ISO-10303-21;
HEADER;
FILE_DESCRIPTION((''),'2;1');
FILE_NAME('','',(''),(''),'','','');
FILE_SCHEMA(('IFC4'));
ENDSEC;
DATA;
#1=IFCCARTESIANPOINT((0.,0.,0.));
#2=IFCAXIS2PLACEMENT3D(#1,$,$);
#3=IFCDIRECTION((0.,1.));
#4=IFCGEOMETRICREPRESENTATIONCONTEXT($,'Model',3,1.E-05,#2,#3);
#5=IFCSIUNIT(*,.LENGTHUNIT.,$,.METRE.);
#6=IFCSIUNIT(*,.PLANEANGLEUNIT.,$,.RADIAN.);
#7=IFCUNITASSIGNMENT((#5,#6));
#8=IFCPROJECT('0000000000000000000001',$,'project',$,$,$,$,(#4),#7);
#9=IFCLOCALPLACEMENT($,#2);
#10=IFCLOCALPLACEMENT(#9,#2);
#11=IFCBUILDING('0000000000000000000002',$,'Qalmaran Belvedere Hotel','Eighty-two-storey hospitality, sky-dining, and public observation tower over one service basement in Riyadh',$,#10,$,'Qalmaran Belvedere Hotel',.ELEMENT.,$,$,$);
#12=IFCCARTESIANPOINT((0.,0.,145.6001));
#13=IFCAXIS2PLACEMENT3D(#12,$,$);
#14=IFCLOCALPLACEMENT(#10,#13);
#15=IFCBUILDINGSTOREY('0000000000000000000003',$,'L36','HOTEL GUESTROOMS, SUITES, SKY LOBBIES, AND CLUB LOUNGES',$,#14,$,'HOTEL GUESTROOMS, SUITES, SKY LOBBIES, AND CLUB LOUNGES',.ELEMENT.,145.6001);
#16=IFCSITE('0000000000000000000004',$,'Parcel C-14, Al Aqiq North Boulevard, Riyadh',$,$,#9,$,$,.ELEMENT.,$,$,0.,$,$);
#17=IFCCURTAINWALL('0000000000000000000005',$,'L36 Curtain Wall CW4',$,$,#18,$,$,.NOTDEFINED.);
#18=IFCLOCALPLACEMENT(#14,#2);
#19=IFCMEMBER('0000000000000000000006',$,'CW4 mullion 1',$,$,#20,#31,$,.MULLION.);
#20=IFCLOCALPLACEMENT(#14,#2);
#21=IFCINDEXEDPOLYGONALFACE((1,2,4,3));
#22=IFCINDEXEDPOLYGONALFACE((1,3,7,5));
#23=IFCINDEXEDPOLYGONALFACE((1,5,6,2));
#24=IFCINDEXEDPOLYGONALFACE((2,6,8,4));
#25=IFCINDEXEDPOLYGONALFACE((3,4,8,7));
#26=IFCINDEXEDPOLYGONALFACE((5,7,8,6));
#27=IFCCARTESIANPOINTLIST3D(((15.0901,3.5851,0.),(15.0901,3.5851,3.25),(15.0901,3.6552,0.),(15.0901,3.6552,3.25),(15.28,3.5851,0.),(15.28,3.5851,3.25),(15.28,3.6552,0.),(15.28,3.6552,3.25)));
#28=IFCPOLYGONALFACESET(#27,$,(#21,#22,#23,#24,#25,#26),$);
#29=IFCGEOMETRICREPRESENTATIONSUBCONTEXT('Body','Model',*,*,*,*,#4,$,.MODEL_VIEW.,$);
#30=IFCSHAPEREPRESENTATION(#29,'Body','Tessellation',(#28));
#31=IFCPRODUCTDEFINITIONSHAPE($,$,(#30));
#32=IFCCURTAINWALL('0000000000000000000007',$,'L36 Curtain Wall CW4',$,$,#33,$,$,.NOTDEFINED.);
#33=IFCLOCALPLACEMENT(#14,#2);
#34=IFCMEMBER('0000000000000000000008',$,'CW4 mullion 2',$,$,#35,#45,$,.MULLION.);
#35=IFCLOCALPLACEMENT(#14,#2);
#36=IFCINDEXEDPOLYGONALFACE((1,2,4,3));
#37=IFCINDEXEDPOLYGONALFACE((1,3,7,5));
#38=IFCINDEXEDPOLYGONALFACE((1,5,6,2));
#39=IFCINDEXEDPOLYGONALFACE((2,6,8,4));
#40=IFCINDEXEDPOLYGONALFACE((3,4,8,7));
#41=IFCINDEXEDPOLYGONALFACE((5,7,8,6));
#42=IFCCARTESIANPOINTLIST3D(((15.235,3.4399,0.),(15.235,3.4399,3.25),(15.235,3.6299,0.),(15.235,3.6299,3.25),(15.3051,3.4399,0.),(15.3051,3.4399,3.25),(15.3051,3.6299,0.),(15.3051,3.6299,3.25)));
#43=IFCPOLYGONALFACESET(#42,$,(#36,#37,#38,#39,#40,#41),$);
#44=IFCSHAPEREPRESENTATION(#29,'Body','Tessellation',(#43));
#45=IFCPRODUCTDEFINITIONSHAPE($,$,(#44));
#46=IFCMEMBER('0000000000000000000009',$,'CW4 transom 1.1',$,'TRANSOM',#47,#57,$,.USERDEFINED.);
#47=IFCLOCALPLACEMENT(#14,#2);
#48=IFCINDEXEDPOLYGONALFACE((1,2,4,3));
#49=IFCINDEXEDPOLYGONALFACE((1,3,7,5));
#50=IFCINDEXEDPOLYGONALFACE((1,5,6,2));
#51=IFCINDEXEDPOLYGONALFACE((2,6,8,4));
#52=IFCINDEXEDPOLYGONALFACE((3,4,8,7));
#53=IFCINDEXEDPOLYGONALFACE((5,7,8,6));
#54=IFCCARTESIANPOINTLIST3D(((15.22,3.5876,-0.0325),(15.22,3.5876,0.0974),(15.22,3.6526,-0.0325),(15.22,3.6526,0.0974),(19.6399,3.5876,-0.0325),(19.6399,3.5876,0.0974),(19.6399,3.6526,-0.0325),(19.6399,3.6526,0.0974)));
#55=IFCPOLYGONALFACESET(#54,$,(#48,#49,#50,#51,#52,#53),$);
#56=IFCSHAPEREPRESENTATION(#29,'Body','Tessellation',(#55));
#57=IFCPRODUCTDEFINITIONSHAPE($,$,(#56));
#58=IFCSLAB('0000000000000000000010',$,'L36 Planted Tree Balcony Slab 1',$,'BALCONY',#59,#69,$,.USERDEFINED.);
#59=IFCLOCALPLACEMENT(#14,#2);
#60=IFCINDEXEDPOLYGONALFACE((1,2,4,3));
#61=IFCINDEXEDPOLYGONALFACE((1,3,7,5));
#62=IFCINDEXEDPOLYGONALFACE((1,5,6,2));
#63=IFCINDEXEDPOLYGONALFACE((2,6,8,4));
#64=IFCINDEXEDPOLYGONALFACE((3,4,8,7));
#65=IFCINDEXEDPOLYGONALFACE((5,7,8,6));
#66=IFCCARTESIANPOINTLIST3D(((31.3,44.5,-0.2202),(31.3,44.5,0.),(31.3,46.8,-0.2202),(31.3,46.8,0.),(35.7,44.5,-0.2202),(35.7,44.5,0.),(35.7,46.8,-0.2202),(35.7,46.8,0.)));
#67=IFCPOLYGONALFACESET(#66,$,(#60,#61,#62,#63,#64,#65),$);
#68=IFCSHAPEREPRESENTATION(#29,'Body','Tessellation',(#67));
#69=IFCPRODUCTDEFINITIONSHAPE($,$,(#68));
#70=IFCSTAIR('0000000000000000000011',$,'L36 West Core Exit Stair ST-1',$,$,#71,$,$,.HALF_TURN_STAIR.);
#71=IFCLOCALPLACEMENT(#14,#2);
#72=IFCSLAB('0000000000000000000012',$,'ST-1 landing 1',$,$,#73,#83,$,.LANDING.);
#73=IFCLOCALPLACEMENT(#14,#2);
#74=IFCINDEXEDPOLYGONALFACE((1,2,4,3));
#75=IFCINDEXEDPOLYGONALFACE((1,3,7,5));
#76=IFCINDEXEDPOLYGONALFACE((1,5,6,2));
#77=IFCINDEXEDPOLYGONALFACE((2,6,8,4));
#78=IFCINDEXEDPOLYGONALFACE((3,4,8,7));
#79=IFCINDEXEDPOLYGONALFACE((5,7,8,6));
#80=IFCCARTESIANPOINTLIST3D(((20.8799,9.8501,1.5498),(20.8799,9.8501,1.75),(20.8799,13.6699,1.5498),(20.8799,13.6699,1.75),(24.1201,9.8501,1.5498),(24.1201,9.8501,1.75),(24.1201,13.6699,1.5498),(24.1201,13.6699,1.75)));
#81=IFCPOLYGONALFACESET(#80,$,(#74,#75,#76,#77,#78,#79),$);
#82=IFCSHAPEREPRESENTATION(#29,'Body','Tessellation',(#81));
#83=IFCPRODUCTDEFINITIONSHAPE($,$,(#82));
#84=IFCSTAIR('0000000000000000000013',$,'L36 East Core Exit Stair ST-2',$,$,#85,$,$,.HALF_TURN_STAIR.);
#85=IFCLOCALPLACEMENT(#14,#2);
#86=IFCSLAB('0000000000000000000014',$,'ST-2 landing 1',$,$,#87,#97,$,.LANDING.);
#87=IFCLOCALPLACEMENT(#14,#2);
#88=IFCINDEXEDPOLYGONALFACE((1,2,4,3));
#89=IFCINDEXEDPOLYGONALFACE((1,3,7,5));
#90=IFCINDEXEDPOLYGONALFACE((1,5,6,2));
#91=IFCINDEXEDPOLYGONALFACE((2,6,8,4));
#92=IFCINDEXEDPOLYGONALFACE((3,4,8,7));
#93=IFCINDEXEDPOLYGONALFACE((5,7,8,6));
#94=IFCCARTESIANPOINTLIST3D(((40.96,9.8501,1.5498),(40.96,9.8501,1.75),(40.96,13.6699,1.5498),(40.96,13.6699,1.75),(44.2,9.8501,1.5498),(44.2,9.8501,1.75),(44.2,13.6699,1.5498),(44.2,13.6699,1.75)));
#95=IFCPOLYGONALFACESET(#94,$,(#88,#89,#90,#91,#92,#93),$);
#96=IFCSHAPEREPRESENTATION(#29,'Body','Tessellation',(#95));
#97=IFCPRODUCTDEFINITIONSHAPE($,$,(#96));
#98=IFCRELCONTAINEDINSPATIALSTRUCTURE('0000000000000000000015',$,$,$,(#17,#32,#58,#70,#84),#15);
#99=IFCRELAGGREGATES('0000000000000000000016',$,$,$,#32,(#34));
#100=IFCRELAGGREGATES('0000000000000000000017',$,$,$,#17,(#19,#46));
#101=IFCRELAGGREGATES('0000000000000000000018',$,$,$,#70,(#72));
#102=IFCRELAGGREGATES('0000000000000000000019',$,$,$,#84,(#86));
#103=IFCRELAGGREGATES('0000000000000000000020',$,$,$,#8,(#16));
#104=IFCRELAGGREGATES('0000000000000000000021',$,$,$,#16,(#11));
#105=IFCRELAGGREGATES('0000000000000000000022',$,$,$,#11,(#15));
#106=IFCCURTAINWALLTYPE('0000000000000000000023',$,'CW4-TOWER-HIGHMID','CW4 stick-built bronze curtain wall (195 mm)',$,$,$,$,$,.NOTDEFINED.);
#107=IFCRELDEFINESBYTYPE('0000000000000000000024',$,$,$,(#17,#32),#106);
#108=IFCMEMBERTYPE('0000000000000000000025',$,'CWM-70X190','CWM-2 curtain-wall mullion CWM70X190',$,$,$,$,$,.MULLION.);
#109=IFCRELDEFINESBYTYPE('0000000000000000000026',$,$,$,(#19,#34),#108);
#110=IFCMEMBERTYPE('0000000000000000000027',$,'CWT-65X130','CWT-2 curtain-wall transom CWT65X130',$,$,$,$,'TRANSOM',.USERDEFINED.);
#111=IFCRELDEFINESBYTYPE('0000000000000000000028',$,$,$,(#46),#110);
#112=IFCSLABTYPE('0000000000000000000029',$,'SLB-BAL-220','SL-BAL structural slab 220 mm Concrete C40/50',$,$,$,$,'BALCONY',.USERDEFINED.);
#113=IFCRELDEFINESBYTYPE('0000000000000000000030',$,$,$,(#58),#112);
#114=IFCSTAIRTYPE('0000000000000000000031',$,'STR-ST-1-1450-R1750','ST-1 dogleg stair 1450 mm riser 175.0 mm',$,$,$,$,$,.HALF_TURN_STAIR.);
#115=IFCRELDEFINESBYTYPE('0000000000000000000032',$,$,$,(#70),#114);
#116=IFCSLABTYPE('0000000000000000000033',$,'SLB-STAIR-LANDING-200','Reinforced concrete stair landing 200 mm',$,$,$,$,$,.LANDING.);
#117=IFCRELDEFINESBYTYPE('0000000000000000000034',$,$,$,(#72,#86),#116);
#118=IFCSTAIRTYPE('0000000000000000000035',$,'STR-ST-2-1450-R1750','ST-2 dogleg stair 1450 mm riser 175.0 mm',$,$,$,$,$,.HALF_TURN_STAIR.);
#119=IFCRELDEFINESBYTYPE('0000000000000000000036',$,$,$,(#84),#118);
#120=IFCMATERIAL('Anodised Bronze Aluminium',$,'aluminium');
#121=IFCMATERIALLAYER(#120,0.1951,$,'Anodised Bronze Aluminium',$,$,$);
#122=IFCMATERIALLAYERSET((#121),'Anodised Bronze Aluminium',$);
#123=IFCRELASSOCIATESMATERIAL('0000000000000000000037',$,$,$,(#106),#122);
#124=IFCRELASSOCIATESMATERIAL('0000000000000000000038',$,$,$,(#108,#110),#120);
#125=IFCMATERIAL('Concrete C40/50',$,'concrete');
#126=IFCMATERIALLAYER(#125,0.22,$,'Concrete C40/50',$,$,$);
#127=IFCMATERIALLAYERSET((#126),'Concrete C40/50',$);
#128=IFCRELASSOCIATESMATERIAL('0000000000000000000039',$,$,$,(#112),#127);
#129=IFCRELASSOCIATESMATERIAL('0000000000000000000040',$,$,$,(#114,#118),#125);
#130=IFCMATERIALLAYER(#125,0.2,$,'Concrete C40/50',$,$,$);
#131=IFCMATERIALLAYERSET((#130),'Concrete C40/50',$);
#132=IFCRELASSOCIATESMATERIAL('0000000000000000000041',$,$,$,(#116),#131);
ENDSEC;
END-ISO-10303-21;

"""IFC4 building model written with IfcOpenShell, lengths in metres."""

from ifc_helpers import new_model, si_unit, direction, frame, origin, origin_2d, place, context, subcontext, project, spatial, polyline, rectangle, outline, extrude, material, layer, layer_set, material_profile, profile_set, type_object, element, aggregate, save


model = new_model("IFC4")

# Units and contexts
model_context = context("Model", 3, precision=1e-05, world=origin(), true_north=direction((0.0, 1.0)))
body_context = subcontext(model_context, "Body", "Model", "MODEL_VIEW")
ifc_project = project(units=[si_unit("LENGTHUNIT", "METRE"), si_unit("PLANEANGLEUNIT", "RADIAN")], contexts=[model_context])

# Site, building, storey
site_placement = place(None, origin())
site = spatial("IfcSite", under=ifc_project, at=site_placement, Name="Parcel C-14, Al Aqiq North Boulevard, Riyadh", CompositionType="ELEMENT", RefElevation=0.0)
building_placement = place(site_placement, origin())
building = spatial("IfcBuilding", under=site, at=building_placement, Name="Qalmaran Belvedere Hotel", Description="Eighty-two-storey hospitality, sky-dining, and public observation tower over one service basement in Riyadh", LongName="Qalmaran Belvedere Hotel", CompositionType="ELEMENT")
storey_placement = place(building_placement, frame((0.0, 0.0, 145.6001)))
storey = spatial("IfcBuildingStorey", under=building, at=storey_placement, Name="L36", Description="HOTEL GUESTROOMS, SUITES, SKY LOBBIES, AND CLUB LOUNGES", LongName="HOTEL GUESTROOMS, SUITES, SKY LOBBIES, AND CLUB LOUNGES", CompositionType="ELEMENT", Elevation=145.6001)

# Curtain walls, members
ifc_material_1 = material(Name="Anodised Bronze Aluminium", Category="aluminium")
ifc_layer_1 = layer(ifc_material_1, 0.1951, Name="Anodised Bronze Aluminium")
ifc_layer_set_1 = layer_set([ifc_layer_1], Name="Anodised Bronze Aluminium")
curtain_wall_type = type_object("IfcCurtainWallType", Name="CW4-TOWER-HIGHMID", Description="CW4 stick-built bronze curtain wall (195 mm)", PredefinedType="NOTDEFINED", material=ifc_layer_set_1)
curtain_wall_1_placement = place(storey_placement, origin())
curtain_wall_1 = element("IfcCurtainWall", 1, at=curtain_wall_1_placement, inside=storey, type_object=curtain_wall_type, Name="L36 Curtain Wall CW4", PredefinedType="NOTDEFINED")
ifc_material_profile_1 = material_profile(ifc_material_1, rectangle(XDim=0.0701, YDim=0.1899, at=origin_2d()), Name="CWM70X190")
ifc_profile_set_1 = profile_set([ifc_material_profile_1], Name="Anodised Bronze Aluminium")
member_type_1 = type_object("IfcMemberType", Name="CWM-70X190", Description="CWM-2 curtain-wall mullion CWM70X190", PredefinedType="MULLION", material=ifc_profile_set_1)
member_1_placement = place(storey_placement, frame((15.1851, 3.6201, 0.0), z_axis=(0.0, 0.0, 1.0), x_axis=(0.0, 1.0, 0.0)))
member_1 = element("IfcMember", 2, at=member_1_placement, type_object=member_type_1, Name="CW4 mullion 1", PredefinedType="MULLION", context=body_context, shape_type="SweptSolid", body=[
    extrude(rectangle(XDim=0.0701, YDim=0.1899, at=origin_2d()), origin(), (0.0, 0.0, 1.0), 3.25),
])
curtain_wall_2_placement = place(storey_placement, origin())
curtain_wall_2 = element("IfcCurtainWall", 3, at=curtain_wall_2_placement, inside=storey, type_object=curtain_wall_type, Name="L36 Curtain Wall CW4", PredefinedType="NOTDEFINED")
member_2_placement = place(storey_placement, frame((15.27, 3.5349, 0.0), z_axis=(0.0, 0.0, 1.0), x_axis=(1.0, 0.0, 0.0)))
member_2 = element("IfcMember", 4, at=member_2_placement, type_object=member_type_1, Name="CW4 mullion 2", PredefinedType="MULLION", context=body_context, shape_type="SweptSolid", body=[
    extrude(rectangle(XDim=0.0701, YDim=0.1899, at=origin_2d()), origin(), (0.0, 0.0, 1.0), 3.25),
])
aggregate(curtain_wall_2, [member_2])

# Member
ifc_material_profile_2 = material_profile(ifc_material_1, rectangle(XDim=0.0649, YDim=0.1299, at=origin_2d()), Name="CWT65X130")
ifc_profile_set_2 = profile_set([ifc_material_profile_2], Name="Anodised Bronze Aluminium")
member_type_2 = type_object("IfcMemberType", Name="CWT-65X130", Description="CWT-2 curtain-wall transom CWT65X130", ElementType="TRANSOM", PredefinedType="USERDEFINED", material=ifc_profile_set_2)
member_3_placement = place(storey_placement, frame((15.22, 3.6201, 0.0325), z_axis=(1.0, 0.0, 0.0), x_axis=(0.0, 1.0, 0.0)))
member_3 = element("IfcMember", 5, at=member_3_placement, type_object=member_type_2, Name="CW4 transom 1.1", ObjectType="TRANSOM", PredefinedType="USERDEFINED", context=body_context, shape_type="SweptSolid", body=[
    extrude(rectangle(XDim=0.0649, YDim=0.1299, at=origin_2d()), origin(), (0.0, 0.0, 1.0), 4.4199),
])
aggregate(curtain_wall_1, [member_1, member_3])

# Slab
ifc_material_2 = material(Name="Concrete C40/50", Category="concrete")
ifc_layer_2 = layer(ifc_material_2, 0.22, Name="Concrete C40/50")
ifc_layer_set_2 = layer_set([ifc_layer_2], Name="Concrete C40/50")
slab_type_1 = type_object("IfcSlabType", Name="SLB-BAL-220", Description="SL-BAL structural slab 220 mm Concrete C40/50", ElementType="BALCONY", PredefinedType="USERDEFINED", material=ifc_layer_set_2)
slab_1_placement = place(storey_placement, frame((0.0, 0.0, -0.2202)))
element("IfcSlab", 6, at=slab_1_placement, inside=storey, type_object=slab_type_1, Name="L36 Planted Tree Balcony Slab 1", ObjectType="BALCONY", PredefinedType="USERDEFINED", context=body_context, shape_type="SweptSolid", body=[
    extrude(outline(polyline([(31.3, 44.5), (35.7, 44.5), (35.7, 46.8), (31.3, 46.8), (31.3, 44.5)])), origin(), (0.0, 0.0, 1.0), 0.2202),
])

# Stairs, slabs
stair_type_1 = type_object("IfcStairType", Name="STR-ST-1-1450-R1750", Description="ST-1 dogleg stair 1450 mm riser 175.0 mm", PredefinedType="HALF_TURN_STAIR", material=ifc_material_2)
stair_1_placement = place(storey_placement, origin())
stair_1 = element("IfcStair", 7, at=stair_1_placement, inside=storey, type_object=stair_type_1, Name="L36 West Core Exit Stair ST-1", PredefinedType="HALF_TURN_STAIR")
ifc_layer_3 = layer(ifc_material_2, 0.2, Name="Concrete C40/50")
ifc_layer_set_3 = layer_set([ifc_layer_3], Name="Concrete C40/50")
slab_type_2 = type_object("IfcSlabType", Name="SLB-STAIR-LANDING-200", Description="Reinforced concrete stair landing 200 mm", PredefinedType="LANDING", material=ifc_layer_set_3)
slab_2_placement = place(storey_placement, frame((0.0, 0.0, 1.5498)))
slab_2 = element("IfcSlab", 8, at=slab_2_placement, type_object=slab_type_2, Name="ST-1 landing 1", PredefinedType="LANDING", context=body_context, shape_type="SweptSolid", body=[
    extrude(outline(polyline([(20.8799, 13.6699), (20.8799, 9.8501), (24.1201, 9.8501), (24.1201, 13.6699), (20.8799, 13.6699)])), origin(), (0.0, 0.0, 1.0), 0.2002),
])
aggregate(stair_1, [slab_2])
stair_type_2 = type_object("IfcStairType", Name="STR-ST-2-1450-R1750", Description="ST-2 dogleg stair 1450 mm riser 175.0 mm", PredefinedType="HALF_TURN_STAIR", material=ifc_material_2)
stair_2_placement = place(storey_placement, origin())
stair_2 = element("IfcStair", 9, at=stair_2_placement, inside=storey, type_object=stair_type_2, Name="L36 East Core Exit Stair ST-2", PredefinedType="HALF_TURN_STAIR")
slab_3_placement = place(storey_placement, frame((0.0, 0.0, 1.5498)))
slab_3 = element("IfcSlab", 10, at=slab_3_placement, type_object=slab_type_2, Name="ST-2 landing 1", PredefinedType="LANDING", context=body_context, shape_type="SweptSolid", body=[
    extrude(outline(polyline([(40.96, 13.6699), (40.96, 9.8501), (44.2, 9.8501), (44.2, 13.6699), (40.96, 13.6699)])), origin(), (0.0, 0.0, 1.0), 0.2002),
])
aggregate(stair_2, [slab_3])

save(model, "model.ifc")
